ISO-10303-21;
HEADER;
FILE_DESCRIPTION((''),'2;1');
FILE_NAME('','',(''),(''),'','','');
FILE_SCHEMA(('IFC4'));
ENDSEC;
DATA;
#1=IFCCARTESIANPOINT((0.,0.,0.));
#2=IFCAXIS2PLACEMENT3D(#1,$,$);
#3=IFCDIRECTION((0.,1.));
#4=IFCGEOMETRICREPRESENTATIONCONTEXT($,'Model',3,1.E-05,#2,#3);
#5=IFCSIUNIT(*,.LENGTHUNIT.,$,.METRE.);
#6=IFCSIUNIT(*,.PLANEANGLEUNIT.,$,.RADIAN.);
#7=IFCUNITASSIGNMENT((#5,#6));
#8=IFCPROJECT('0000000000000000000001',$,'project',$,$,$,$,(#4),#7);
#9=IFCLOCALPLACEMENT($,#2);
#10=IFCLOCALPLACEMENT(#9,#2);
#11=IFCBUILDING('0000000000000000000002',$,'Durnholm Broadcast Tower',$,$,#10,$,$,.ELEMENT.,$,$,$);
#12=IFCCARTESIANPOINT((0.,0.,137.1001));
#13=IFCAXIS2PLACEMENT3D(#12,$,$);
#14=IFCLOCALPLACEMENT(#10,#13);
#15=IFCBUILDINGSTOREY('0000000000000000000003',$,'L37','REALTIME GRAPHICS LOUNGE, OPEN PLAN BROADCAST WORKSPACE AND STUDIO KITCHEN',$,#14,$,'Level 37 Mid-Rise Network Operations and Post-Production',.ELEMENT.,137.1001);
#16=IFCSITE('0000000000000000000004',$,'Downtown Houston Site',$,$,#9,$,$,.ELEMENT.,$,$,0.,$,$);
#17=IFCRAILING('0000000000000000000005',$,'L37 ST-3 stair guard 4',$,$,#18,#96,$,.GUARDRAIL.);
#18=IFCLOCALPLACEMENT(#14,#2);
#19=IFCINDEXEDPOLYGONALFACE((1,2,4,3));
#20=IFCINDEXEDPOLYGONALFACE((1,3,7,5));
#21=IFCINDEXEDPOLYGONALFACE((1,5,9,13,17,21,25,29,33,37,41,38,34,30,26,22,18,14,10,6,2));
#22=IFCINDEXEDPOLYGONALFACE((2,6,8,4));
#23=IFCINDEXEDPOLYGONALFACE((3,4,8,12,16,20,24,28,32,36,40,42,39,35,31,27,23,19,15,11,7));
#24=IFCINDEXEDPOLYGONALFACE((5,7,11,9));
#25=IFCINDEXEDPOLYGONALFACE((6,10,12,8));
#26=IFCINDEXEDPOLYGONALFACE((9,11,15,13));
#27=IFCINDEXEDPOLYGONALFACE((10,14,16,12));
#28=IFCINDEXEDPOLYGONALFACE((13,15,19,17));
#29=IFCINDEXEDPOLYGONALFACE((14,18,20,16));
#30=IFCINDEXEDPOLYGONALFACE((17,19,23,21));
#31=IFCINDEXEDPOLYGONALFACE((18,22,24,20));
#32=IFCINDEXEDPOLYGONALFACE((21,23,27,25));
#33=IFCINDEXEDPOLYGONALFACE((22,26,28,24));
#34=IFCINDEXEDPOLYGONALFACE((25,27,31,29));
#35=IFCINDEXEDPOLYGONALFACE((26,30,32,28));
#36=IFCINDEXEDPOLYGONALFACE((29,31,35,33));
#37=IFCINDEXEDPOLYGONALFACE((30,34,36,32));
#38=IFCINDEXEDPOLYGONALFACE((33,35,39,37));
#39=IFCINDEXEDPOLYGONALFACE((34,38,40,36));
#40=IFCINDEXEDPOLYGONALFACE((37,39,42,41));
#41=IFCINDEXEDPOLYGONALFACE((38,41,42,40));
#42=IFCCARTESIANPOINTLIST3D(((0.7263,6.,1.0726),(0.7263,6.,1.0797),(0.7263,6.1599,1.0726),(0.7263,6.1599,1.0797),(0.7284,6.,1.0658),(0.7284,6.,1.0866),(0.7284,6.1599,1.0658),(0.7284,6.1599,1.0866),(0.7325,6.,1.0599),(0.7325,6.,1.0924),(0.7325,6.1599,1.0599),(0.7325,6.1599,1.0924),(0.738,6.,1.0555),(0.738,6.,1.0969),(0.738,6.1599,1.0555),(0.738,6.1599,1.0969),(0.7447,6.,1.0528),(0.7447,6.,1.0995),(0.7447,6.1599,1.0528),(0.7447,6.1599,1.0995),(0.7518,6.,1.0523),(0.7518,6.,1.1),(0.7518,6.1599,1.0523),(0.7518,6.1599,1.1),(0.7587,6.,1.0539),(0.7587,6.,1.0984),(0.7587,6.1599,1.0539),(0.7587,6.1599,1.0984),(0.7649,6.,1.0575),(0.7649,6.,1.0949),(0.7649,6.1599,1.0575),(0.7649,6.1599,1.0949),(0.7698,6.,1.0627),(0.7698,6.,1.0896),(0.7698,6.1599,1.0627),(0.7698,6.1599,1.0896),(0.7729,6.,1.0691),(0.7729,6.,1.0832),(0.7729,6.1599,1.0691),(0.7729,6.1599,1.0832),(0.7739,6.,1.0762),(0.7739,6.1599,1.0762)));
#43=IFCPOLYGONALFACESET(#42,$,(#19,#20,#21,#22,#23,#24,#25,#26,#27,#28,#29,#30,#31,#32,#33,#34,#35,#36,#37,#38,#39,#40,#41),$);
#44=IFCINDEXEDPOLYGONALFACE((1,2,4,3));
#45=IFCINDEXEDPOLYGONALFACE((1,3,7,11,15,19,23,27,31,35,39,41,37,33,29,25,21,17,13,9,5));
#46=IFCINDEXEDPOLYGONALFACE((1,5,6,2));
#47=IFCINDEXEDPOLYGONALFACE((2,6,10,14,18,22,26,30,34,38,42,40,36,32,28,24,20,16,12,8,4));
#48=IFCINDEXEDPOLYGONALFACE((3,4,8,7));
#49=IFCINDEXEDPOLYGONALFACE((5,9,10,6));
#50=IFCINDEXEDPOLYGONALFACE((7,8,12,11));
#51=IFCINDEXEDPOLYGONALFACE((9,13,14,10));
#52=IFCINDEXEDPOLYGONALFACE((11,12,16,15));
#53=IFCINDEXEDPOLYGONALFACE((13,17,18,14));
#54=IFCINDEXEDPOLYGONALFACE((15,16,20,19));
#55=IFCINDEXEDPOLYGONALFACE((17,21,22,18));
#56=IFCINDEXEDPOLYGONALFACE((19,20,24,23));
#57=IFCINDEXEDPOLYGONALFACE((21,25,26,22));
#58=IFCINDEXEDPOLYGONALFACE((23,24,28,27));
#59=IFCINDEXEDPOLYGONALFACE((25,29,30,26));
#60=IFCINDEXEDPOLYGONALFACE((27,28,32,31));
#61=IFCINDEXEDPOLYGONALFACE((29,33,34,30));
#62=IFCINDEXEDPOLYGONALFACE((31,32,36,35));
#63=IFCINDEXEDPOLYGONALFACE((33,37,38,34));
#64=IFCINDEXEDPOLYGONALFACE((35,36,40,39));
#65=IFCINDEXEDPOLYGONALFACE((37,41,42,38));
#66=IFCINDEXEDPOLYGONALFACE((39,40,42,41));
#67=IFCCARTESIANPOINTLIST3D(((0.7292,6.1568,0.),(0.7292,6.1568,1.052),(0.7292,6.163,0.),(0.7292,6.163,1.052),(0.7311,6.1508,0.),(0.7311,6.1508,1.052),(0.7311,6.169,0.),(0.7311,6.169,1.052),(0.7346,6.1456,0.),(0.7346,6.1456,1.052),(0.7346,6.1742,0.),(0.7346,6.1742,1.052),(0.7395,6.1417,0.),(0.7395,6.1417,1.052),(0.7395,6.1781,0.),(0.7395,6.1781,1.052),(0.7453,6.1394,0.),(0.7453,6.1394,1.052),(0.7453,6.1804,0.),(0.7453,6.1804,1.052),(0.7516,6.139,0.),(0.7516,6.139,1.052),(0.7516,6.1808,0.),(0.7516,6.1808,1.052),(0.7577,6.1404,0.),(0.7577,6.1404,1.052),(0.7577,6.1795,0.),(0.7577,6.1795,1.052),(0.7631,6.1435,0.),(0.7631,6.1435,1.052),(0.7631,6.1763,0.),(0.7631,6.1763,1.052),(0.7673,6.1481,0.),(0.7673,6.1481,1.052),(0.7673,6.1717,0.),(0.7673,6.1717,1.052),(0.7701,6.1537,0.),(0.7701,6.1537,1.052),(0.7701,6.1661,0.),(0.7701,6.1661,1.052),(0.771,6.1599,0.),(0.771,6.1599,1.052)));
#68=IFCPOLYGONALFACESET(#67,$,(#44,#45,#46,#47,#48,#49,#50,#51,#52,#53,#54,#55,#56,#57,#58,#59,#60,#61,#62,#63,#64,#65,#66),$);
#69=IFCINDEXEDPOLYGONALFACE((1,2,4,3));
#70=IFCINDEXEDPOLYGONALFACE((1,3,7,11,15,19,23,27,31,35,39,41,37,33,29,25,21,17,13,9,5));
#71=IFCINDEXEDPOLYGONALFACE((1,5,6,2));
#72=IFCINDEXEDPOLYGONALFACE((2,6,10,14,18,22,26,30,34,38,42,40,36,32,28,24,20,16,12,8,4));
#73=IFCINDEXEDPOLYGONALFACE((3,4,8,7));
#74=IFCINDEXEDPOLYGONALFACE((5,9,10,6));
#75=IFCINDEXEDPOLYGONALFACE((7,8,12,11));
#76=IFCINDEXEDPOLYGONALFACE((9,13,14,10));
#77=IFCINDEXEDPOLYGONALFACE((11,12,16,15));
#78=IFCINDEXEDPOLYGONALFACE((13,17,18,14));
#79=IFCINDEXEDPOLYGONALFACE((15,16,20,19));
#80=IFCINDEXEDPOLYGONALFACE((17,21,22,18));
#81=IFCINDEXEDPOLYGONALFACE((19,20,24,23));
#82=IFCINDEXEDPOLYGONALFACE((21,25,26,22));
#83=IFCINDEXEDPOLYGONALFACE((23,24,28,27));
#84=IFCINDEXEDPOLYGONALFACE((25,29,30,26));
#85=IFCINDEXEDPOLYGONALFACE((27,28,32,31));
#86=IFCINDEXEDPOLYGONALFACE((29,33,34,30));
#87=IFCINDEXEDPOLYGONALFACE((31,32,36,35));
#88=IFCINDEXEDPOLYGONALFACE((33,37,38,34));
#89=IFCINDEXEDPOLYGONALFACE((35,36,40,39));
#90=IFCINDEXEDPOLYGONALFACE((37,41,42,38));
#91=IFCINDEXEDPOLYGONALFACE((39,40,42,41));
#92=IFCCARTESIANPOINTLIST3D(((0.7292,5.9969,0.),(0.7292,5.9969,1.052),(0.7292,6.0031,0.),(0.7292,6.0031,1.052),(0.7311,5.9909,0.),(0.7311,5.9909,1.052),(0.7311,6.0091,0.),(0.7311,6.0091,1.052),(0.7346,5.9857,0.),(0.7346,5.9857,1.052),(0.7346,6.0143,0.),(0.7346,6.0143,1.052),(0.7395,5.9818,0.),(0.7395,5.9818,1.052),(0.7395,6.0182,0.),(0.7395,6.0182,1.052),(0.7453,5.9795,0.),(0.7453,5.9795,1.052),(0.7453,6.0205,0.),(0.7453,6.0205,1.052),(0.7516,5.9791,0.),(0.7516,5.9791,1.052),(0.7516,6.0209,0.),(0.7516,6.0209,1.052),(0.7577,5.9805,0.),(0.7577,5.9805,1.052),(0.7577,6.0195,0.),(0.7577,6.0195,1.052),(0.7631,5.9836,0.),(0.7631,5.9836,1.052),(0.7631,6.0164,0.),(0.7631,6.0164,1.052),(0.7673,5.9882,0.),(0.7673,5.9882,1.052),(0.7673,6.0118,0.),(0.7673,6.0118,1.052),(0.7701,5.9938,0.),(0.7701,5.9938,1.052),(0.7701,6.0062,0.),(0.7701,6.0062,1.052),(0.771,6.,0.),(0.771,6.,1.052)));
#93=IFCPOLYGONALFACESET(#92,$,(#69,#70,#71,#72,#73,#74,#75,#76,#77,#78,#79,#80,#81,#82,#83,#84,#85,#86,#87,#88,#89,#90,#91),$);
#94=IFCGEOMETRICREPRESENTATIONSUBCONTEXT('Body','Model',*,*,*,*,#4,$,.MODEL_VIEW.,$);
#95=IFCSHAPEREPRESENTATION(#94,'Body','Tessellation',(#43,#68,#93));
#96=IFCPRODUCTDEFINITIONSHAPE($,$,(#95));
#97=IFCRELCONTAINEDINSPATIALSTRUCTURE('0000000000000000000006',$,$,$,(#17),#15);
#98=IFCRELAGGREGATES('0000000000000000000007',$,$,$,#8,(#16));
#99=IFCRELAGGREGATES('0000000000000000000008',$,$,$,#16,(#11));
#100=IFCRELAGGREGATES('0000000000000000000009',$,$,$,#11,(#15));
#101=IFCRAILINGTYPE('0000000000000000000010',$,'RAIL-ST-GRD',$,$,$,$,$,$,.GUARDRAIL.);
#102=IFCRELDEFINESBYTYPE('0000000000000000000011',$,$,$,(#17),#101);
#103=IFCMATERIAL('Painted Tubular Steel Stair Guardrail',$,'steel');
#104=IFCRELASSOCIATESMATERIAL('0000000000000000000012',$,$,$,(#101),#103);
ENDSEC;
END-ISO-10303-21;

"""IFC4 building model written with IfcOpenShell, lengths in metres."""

from ifc_helpers import new_model, si_unit, direction, frame, origin, origin_2d, place, context, subcontext, project, spatial, circle, extrude, material, type_object, element, save


model = new_model("IFC4")

# Units and contexts
model_context = context("Model", 3, precision=1e-05, world=origin(), true_north=direction((0.0, 1.0)))
body_context = subcontext(model_context, "Body", "Model", "MODEL_VIEW")
ifc_project = project(units=[si_unit("LENGTHUNIT", "METRE"), si_unit("PLANEANGLEUNIT", "RADIAN")], contexts=[model_context])

# Site, building, storey
site_placement = place(None, origin())
site = spatial("IfcSite", under=ifc_project, at=site_placement, Name="Downtown Houston Site", CompositionType="ELEMENT", RefElevation=0.0)
building_placement = place(site_placement, origin())
building = spatial("IfcBuilding", under=site, at=building_placement, Name="Durnholm Broadcast Tower", CompositionType="ELEMENT")
storey_placement = place(building_placement, frame((0.0, 0.0, 137.1001)))
storey = spatial("IfcBuildingStorey", under=building, at=storey_placement, Name="L37", Description="REALTIME GRAPHICS LOUNGE, OPEN PLAN BROADCAST WORKSPACE AND STUDIO KITCHEN", LongName="Level 37 Mid-Rise Network Operations and Post-Production", CompositionType="ELEMENT", Elevation=137.1001)

# Railing
ifc_material_1 = material(Name="Painted Tubular Steel Stair Guardrail", Category="steel")
railing_type_1 = type_object("IfcRailingType", Name="RAIL-ST-GRD", PredefinedType="GUARDRAIL", material=ifc_material_1)
railing_1_placement = place(storey_placement, frame((0.75, 6.1599, 0.0)))
element("IfcRailing", 1, at=railing_1_placement, inside=storey, type_object=railing_type_1, Name="L37 ST-3 stair guard 4", PredefinedType="GUARDRAIL", context=body_context, shape_type="SweptSolid", body=[
    extrude(circle(Radius=0.0239, at=origin_2d()), frame((0.0, 0.0, 1.0762), z_axis=(0.0, -1.0, 0.0), x_axis=(1.0, 0.0, 0.0)), (0.0, 0.0, 1.0), 0.1599),
    extrude(circle(Radius=0.021, at=origin_2d()), origin(), (0.0, 0.0, 1.0), 1.052),
    extrude(circle(Radius=0.021, at=origin_2d()), frame((0.0, -0.1599, 0.0)), (0.0, 0.0, 1.0), 1.052),
])

save(model, "model.ifc")
